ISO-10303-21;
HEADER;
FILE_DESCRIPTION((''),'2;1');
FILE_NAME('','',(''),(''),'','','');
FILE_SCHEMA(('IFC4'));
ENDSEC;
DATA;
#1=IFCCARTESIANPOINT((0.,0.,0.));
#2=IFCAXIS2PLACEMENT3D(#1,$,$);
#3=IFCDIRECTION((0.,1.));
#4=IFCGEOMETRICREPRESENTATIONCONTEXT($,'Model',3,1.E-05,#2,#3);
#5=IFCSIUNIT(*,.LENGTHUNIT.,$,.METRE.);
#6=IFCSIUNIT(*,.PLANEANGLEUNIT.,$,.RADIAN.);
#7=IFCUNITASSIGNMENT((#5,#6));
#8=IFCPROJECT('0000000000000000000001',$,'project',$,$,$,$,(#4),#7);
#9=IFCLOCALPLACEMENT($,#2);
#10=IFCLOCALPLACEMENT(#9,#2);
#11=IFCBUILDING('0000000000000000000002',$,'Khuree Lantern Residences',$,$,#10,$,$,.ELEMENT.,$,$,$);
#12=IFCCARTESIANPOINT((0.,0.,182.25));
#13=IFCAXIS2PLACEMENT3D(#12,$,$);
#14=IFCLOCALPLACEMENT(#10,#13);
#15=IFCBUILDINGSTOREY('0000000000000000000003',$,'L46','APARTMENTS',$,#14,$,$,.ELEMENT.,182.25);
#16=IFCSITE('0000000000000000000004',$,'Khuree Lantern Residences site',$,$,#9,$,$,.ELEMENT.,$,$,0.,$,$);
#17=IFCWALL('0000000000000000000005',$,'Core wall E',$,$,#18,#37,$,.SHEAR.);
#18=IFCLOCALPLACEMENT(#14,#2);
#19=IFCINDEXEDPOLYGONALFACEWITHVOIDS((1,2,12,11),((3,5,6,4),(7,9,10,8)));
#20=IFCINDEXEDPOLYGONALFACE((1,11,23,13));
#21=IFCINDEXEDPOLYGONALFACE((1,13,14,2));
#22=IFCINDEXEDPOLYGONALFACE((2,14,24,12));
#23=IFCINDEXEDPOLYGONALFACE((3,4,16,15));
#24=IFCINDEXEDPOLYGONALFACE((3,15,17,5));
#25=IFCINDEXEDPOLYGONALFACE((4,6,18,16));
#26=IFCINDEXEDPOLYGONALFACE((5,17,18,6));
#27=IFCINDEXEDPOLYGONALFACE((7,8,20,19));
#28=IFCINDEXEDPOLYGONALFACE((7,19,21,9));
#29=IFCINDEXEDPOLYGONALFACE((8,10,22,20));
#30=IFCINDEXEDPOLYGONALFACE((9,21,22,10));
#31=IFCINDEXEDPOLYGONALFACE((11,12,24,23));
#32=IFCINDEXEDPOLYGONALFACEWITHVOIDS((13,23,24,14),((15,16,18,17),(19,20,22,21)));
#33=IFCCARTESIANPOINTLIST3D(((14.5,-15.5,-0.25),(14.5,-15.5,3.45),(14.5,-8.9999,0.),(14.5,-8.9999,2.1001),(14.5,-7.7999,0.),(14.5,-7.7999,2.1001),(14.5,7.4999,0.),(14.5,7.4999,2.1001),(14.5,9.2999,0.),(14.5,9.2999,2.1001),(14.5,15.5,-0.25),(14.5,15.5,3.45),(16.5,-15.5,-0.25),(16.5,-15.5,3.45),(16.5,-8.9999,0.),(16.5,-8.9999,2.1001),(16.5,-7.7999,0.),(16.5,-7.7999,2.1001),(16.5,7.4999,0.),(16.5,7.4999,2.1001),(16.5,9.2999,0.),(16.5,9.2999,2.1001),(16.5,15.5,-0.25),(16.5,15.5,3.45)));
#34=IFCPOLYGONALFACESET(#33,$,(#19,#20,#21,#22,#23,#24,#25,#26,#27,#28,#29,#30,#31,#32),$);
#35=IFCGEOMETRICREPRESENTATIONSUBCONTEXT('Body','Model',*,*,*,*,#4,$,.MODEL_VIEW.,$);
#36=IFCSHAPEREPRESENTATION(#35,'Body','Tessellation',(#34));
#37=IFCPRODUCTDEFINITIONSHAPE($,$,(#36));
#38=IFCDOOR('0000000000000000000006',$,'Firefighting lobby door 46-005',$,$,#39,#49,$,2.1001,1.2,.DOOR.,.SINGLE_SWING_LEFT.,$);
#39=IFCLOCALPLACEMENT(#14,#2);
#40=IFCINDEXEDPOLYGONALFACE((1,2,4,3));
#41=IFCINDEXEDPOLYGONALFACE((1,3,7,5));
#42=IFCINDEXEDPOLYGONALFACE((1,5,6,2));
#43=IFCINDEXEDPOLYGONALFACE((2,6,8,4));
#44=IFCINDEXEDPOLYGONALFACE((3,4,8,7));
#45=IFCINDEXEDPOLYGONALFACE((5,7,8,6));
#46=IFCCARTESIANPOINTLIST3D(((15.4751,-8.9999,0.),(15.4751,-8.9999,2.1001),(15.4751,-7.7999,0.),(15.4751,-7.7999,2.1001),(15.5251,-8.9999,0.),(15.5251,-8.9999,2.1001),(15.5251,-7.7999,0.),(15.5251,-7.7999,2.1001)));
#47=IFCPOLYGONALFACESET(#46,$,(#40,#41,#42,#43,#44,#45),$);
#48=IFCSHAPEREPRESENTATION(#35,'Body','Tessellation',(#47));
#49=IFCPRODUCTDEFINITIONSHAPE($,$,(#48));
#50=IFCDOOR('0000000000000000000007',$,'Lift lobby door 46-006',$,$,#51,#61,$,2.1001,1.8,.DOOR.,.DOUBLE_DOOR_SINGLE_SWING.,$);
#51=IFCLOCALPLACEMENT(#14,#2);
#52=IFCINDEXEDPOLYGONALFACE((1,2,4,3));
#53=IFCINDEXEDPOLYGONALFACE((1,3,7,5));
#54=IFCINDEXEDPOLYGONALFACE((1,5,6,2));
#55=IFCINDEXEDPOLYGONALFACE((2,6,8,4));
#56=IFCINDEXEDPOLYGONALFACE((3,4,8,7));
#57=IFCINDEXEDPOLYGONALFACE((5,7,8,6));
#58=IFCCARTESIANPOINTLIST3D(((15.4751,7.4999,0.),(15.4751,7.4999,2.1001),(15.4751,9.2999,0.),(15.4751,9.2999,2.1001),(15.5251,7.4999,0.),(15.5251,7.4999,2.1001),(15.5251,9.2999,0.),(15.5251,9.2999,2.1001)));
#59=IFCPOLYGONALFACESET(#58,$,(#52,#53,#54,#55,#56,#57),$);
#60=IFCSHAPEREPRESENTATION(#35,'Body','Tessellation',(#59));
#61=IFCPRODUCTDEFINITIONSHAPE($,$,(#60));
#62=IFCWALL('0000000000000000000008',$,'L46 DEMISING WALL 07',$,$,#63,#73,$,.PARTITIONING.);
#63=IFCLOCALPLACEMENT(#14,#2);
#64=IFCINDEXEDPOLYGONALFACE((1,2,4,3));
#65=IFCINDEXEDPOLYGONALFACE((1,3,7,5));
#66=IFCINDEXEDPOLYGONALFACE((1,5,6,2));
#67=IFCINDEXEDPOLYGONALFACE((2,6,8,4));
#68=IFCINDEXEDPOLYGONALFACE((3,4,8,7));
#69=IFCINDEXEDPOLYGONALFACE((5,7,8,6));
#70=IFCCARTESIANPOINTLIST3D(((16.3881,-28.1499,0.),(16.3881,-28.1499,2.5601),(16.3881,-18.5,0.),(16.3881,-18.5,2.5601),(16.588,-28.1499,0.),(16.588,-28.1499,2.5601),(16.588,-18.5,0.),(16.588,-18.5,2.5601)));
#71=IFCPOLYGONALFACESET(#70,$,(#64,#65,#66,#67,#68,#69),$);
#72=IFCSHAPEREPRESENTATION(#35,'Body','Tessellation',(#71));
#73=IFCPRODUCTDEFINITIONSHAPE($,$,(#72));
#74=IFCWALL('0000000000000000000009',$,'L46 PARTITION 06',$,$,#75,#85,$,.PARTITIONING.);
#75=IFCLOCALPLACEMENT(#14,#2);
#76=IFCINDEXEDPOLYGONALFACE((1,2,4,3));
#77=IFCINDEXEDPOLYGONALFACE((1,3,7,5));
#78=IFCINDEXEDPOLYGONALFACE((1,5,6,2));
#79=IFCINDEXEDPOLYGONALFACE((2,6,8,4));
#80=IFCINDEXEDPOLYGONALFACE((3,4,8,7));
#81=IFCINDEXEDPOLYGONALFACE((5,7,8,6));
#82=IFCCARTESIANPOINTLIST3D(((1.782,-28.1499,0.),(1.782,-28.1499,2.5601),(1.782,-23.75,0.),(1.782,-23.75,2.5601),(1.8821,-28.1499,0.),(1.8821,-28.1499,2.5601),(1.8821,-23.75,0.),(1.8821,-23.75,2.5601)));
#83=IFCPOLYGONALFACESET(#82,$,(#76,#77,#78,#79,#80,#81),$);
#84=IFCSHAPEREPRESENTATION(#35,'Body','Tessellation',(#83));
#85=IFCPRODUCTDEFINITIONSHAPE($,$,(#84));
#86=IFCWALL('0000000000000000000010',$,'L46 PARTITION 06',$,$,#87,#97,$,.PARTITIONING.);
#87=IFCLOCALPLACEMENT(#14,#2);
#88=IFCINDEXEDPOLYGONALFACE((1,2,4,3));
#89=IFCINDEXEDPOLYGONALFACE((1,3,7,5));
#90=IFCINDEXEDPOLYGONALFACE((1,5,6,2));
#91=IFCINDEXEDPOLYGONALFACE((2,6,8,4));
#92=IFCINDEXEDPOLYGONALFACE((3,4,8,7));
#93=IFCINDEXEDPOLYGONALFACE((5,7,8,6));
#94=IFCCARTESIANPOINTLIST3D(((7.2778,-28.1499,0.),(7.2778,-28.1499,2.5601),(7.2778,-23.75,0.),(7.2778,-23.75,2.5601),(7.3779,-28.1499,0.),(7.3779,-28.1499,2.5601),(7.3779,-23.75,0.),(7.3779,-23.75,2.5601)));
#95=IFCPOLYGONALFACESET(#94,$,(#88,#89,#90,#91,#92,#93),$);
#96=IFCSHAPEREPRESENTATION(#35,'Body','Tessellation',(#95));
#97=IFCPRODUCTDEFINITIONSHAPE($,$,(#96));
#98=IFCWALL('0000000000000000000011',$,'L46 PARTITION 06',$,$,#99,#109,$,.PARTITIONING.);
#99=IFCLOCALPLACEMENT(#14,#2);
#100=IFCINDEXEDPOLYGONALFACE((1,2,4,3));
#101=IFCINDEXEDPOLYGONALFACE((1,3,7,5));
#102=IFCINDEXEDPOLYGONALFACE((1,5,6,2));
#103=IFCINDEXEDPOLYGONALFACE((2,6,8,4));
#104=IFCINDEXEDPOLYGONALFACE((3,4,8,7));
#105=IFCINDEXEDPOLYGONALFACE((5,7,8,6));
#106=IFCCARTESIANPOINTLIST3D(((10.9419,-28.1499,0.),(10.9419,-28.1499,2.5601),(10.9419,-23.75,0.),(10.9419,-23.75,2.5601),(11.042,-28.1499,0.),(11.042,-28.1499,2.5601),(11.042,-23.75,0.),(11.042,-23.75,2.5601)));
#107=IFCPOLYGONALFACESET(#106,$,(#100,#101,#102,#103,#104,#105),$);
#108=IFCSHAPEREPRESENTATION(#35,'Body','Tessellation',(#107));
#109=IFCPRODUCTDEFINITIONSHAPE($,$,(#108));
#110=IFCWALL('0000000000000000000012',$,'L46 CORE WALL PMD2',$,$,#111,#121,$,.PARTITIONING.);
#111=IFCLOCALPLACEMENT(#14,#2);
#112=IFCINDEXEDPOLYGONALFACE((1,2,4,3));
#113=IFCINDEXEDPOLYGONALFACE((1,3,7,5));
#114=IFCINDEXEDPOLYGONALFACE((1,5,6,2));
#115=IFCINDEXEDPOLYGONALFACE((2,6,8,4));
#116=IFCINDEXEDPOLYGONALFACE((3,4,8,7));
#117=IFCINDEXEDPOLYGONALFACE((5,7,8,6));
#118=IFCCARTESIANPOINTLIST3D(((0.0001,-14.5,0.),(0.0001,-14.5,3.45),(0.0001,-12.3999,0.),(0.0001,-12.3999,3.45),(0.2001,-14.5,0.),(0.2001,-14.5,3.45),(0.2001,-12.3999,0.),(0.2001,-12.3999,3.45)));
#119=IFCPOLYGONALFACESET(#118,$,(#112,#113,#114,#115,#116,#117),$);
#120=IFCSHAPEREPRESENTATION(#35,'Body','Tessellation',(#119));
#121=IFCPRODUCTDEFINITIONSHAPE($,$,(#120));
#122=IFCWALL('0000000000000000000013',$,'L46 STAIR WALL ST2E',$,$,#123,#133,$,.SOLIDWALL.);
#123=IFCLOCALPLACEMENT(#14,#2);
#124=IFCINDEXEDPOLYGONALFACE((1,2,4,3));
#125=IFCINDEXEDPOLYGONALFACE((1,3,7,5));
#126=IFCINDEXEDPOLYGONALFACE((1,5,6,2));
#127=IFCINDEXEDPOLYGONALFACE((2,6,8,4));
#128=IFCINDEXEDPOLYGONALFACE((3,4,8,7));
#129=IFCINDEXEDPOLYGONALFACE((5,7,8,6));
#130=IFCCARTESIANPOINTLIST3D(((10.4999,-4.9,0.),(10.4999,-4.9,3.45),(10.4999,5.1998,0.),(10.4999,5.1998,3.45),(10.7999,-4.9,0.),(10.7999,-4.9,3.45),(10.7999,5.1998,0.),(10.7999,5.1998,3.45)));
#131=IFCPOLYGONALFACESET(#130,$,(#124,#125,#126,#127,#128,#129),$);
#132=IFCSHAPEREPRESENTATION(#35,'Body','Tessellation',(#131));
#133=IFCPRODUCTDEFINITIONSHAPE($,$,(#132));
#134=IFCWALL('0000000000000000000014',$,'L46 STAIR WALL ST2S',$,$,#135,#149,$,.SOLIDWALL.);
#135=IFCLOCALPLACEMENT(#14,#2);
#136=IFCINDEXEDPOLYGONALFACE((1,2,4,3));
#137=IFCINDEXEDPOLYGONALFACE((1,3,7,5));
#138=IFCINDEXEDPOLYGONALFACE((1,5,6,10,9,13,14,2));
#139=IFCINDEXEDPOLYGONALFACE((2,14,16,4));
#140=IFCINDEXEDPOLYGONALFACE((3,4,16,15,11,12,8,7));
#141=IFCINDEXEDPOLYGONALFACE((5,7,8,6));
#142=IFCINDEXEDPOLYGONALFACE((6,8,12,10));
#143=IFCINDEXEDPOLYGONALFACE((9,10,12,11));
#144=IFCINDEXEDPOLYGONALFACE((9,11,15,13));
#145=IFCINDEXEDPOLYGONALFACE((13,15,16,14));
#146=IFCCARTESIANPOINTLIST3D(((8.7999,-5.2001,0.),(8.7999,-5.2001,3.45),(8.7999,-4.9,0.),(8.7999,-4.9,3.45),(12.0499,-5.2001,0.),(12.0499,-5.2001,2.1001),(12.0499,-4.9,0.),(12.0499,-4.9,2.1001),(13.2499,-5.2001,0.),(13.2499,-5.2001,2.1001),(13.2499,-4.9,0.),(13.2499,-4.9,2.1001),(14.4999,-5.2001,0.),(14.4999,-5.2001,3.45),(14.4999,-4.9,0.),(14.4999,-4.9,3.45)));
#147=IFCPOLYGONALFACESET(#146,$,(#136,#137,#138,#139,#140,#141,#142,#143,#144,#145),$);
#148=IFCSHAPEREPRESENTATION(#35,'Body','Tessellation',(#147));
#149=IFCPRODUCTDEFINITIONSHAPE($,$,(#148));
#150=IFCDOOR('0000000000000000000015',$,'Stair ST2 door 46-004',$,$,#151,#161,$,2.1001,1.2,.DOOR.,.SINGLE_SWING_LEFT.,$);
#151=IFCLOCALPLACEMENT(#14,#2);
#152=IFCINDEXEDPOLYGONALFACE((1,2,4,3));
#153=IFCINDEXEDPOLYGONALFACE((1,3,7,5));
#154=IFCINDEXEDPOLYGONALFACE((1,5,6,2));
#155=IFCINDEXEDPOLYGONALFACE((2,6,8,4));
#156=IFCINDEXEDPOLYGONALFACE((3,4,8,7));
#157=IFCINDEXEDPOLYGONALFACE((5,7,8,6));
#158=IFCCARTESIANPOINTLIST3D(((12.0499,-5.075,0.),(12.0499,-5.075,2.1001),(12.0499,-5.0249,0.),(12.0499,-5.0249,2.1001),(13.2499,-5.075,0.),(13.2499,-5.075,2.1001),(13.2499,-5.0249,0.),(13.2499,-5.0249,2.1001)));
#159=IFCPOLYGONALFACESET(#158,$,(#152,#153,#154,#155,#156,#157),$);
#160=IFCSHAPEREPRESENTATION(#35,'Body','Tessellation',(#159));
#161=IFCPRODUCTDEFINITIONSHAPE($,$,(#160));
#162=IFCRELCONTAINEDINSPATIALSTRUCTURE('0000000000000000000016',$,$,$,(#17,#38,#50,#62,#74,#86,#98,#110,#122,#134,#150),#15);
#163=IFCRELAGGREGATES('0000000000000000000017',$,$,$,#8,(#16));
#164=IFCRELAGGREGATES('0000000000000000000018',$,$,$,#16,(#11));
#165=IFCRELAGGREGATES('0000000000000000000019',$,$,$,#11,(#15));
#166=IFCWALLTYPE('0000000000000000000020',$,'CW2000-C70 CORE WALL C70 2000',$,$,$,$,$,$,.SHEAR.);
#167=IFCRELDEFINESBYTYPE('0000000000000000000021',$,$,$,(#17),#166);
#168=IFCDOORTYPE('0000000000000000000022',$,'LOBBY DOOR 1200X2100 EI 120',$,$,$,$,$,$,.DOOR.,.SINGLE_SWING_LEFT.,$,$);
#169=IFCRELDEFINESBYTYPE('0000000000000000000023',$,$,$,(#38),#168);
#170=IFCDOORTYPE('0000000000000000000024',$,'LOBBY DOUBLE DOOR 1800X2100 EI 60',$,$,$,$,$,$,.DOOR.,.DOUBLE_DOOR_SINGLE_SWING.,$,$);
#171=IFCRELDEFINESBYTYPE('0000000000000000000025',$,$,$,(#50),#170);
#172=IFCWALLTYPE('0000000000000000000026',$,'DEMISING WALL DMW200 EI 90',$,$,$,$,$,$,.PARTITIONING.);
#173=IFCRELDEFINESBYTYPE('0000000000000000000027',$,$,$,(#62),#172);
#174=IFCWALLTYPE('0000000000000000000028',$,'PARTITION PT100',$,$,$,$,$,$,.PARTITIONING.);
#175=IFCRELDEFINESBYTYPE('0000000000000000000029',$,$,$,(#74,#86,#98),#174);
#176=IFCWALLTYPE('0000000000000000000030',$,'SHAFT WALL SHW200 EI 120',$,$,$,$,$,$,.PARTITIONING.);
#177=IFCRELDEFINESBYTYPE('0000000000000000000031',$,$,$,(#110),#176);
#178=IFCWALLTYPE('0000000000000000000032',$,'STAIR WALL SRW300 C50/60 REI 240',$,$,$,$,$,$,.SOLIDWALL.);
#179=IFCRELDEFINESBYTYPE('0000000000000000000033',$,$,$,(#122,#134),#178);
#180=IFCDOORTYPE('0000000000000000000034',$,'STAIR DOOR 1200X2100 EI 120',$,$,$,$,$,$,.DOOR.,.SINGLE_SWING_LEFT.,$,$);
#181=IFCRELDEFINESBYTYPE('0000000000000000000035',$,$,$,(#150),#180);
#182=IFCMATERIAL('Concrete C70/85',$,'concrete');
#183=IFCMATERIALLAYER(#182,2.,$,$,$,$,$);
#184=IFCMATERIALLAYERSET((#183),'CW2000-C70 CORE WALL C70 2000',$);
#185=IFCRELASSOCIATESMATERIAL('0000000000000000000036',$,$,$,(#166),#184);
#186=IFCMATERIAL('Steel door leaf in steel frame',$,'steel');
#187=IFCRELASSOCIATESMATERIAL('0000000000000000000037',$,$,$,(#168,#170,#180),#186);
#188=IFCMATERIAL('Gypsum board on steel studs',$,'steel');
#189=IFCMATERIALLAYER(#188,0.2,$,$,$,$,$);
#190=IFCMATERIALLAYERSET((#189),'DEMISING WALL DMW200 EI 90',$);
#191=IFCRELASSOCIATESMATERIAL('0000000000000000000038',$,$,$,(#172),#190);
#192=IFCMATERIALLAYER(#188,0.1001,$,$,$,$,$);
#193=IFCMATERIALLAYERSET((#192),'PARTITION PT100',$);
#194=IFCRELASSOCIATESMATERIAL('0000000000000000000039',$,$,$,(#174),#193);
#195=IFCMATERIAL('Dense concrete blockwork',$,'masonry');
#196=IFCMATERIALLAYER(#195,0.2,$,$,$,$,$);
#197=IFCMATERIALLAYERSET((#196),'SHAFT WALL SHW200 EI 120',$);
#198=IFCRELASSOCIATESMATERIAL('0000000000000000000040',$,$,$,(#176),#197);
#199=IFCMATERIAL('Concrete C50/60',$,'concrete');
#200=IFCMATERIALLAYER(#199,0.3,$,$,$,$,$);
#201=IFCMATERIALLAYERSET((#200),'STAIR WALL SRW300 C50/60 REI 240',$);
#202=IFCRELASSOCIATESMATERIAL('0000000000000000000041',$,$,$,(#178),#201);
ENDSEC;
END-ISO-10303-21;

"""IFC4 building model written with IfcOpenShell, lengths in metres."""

from ifc_helpers import new_model, si_unit, direction, frame, frame_2d, origin, place, context, subcontext, project, spatial, rectangle, extrude, material, layer, layer_set, type_object, element, fill, save


model = new_model("IFC4")

# Units and contexts
model_context = context("Model", 3, precision=1e-05, world=origin(), true_north=direction((0.0, 1.0)))
body_context = subcontext(model_context, "Body", "Model", "MODEL_VIEW")
ifc_project = project(units=[si_unit("LENGTHUNIT", "METRE"), si_unit("PLANEANGLEUNIT", "RADIAN")], contexts=[model_context])

# Site, building, storey
site_placement = place(None, origin())
site = spatial("IfcSite", under=ifc_project, at=site_placement, Name="Khuree Lantern Residences site", CompositionType="ELEMENT", RefElevation=0.0)
building_placement = place(site_placement, origin())
building = spatial("IfcBuilding", under=site, at=building_placement, Name="Khuree Lantern Residences", CompositionType="ELEMENT")
storey_placement = place(building_placement, frame((0.0, 0.0, 182.25)))
storey = spatial("IfcBuildingStorey", under=building, at=storey_placement, Name="L46", Description="APARTMENTS", CompositionType="ELEMENT", Elevation=182.25)

# Shared definitions
ifc_material_1 = material(Name="Concrete C70/85", Category="concrete")

# Shared definitions
ifc_material_2 = material(Name="Dense concrete blockwork", Category="masonry")

# Shared definitions
ifc_material_3 = material(Name="Gypsum board on steel studs", Category="steel")

# Wall, openings, doors
ifc_layer_1 = layer(ifc_material_1, 2.0)
ifc_layer_set_1 = layer_set([ifc_layer_1], Name="CW2000-C70 CORE WALL C70 2000")
wall_type_1 = type_object("IfcWallType", Name="CW2000-C70 CORE WALL C70 2000", PredefinedType="SHEAR", material=ifc_layer_set_1)
wall_1_placement = place(storey_placement, frame((15.5, -15.5, -0.25), z_axis=(0.0, 0.0, 1.0), x_axis=(0.0, 1.0, 0.0)))
wall_1 = element("IfcWall", 1, at=wall_1_placement, inside=storey, type_object=wall_type_1, Name="Core wall E", PredefinedType="SHEAR", context=body_context, shape_type="SweptSolid", body=[
    extrude(rectangle(XDim=31.0, YDim=2.0, at=frame_2d((15.5, 0.0))), origin(), (0.0, 0.0, 1.0), 3.7),
])
opening_1_placement = place(wall_1_placement, frame((6.5, 0.0, 0.25)))
opening_1 = element("IfcOpeningElement", 2, at=opening_1_placement, cuts=wall_1, PredefinedType="OPENING", context=body_context, shape_type="SweptSolid", body=[
    extrude(rectangle(XDim=1.2, YDim=2.1001, at=frame_2d((0.6001, 1.05))), frame((0.0, 1.01, 0.0), z_axis=(0.0, -1.0, 0.0), x_axis=(1.0, 0.0, 0.0)), (0.0, 0.0, 1.0), 2.02),
])
opening_2_placement = place(wall_1_placement, frame((23.0, 0.0, 0.25)))
opening_2 = element("IfcOpeningElement", 3, at=opening_2_placement, cuts=wall_1, PredefinedType="OPENING", context=body_context, shape_type="SweptSolid", body=[
    extrude(rectangle(XDim=1.8, YDim=2.1001, at=frame_2d((0.8999, 1.05))), frame((0.0, 1.01, 0.0), z_axis=(0.0, -1.0, 0.0), x_axis=(1.0, 0.0, 0.0)), (0.0, 0.0, 1.0), 2.02),
])
ifc_material_4 = material(Name="Steel door leaf in steel frame", Category="steel")
door_type_1 = type_object("IfcDoorType", Name="LOBBY DOOR 1200X2100 EI 120", OperationType="SINGLE_SWING_LEFT", PredefinedType="DOOR", material=ifc_material_4)
door_1_placement = place(opening_1_placement, origin())
door_1 = element("IfcDoor", 4, at=door_1_placement, inside=storey, type_object=door_type_1, Name="Firefighting lobby door 46-005", OperationType="SINGLE_SWING_LEFT", OverallHeight=2.1001, OverallWidth=1.2, PredefinedType="DOOR", context=body_context, shape_type="SweptSolid", body=[
    extrude(rectangle(XDim=1.2, YDim=2.1001, at=frame_2d((0.6001, 1.05))), frame((0.0, 0.0249, 0.0), z_axis=(0.0, -1.0, 0.0), x_axis=(1.0, 0.0, 0.0)), (0.0, 0.0, 1.0), 0.05),
])
fill(opening_1, door_1)
door_type_2 = type_object("IfcDoorType", Name="LOBBY DOUBLE DOOR 1800X2100 EI 60", OperationType="DOUBLE_DOOR_SINGLE_SWING", PredefinedType="DOOR", material=ifc_material_4)
door_2_placement = place(opening_2_placement, origin())
door_2 = element("IfcDoor", 5, at=door_2_placement, inside=storey, type_object=door_type_2, Name="Lift lobby door 46-006", OperationType="DOUBLE_DOOR_SINGLE_SWING", OverallHeight=2.1001, OverallWidth=1.8, PredefinedType="DOOR", context=body_context, shape_type="SweptSolid", body=[
    extrude(rectangle(XDim=1.8, YDim=2.1001, at=frame_2d((0.8999, 1.05))), frame((0.0, 0.0249, 0.0), z_axis=(0.0, -1.0, 0.0), x_axis=(1.0, 0.0, 0.0)), (0.0, 0.0, 1.0), 0.05),
])
fill(opening_2, door_2)

# Walls
ifc_layer_2 = layer(ifc_material_3, 0.2)
ifc_layer_set_2 = layer_set([ifc_layer_2], Name="DEMISING WALL DMW200 EI 90")
wall_type_2 = type_object("IfcWallType", Name="DEMISING WALL DMW200 EI 90", PredefinedType="PARTITIONING", material=ifc_layer_set_2)
wall_2_placement = place(storey_placement, frame((16.488, -18.5, 0.0), z_axis=(0.0, 0.0, 1.0), x_axis=(0.0, -1.0, 0.0)))
element("IfcWall", 6, at=wall_2_placement, inside=storey, type_object=wall_type_2, Name="L46 DEMISING WALL 07", PredefinedType="PARTITIONING", context=body_context, shape_type="SweptSolid", body=[
    extrude(rectangle(XDim=9.6499, YDim=0.2, at=frame_2d((4.825, 0.0))), origin(), (0.0, 0.0, 1.0), 2.5601),
])
ifc_layer_3 = layer(ifc_material_3, 0.1001)
ifc_layer_set_3 = layer_set([ifc_layer_3], Name="PARTITION PT100")
wall_type_3 = type_object("IfcWallType", Name="PARTITION PT100", PredefinedType="PARTITIONING", material=ifc_layer_set_3)
for number, where, z_axis, x_axis, name in (
    (7, (1.832, -23.75, 0.0), (0.0, 0.0, 1.0), (0.0, -1.0, 0.0), "L46 PARTITION 06"),
    (8, (7.3279, -23.75, 0.0), (0.0, 0.0, 1.0), (0.0, -1.0, 0.0), "L46 PARTITION 06"),
    (9, (10.9919, -23.75, 0.0), (0.0, 0.0, 1.0), (0.0, -1.0, 0.0), "L46 PARTITION 06"),
):
    element("IfcWall", number, at=place(storey_placement, frame(where, z_axis=z_axis, x_axis=x_axis)), inside=storey, type_object=wall_type_3, Name=name, PredefinedType="PARTITIONING", context=body_context, shape_type="SweptSolid", body=[
        extrude(rectangle(XDim=4.3999, YDim=0.1001, at=frame_2d((2.2, 0.0))), origin(), (0.0, 0.0, 1.0), 2.5601),
    ])
ifc_layer_4 = layer(ifc_material_2, 0.2)
ifc_layer_set_4 = layer_set([ifc_layer_4], Name="SHAFT WALL SHW200 EI 120")
wall_type_4 = type_object("IfcWallType", Name="SHAFT WALL SHW200 EI 120", PredefinedType="PARTITIONING", material=ifc_layer_set_4)
wall_3_placement = place(storey_placement, frame((0.1001, -14.5, 0.0), z_axis=(0.0, 0.0, 1.0), x_axis=(0.0, 1.0, 0.0)))
element("IfcWall", 10, at=wall_3_placement, inside=storey, type_object=wall_type_4, Name="L46 CORE WALL PMD2", PredefinedType="PARTITIONING", context=body_context, shape_type="SweptSolid", body=[
    extrude(rectangle(XDim=2.1001, YDim=0.2, at=frame_2d((1.05, 0.0))), origin(), (0.0, 0.0, 1.0), 3.45),
])
ifc_material_5 = material(Name="Concrete C50/60", Category="concrete")
ifc_layer_5 = layer(ifc_material_5, 0.3)
ifc_layer_set_5 = layer_set([ifc_layer_5], Name="STAIR WALL SRW300 C50/60 REI 240")
wall_type_5 = type_object("IfcWallType", Name="STAIR WALL SRW300 C50/60 REI 240", PredefinedType="SOLIDWALL", material=ifc_layer_set_5)
wall_4_placement = place(storey_placement, frame((10.6499, -4.8999, 0.0), z_axis=(0.0, 0.0, 1.0), x_axis=(0.0, 1.0, 0.0)))
element("IfcWall", 11, at=wall_4_placement, inside=storey, type_object=wall_type_5, Name="L46 STAIR WALL ST2E", PredefinedType="SOLIDWALL", context=body_context, shape_type="SweptSolid", body=[
    extrude(rectangle(XDim=10.0999, YDim=0.3, at=frame_2d((5.0498, 0.0))), origin(), (0.0, 0.0, 1.0), 3.45),
])

# Wall, opening, door
wall_5_placement = place(storey_placement, frame((14.5, -5.05, 0.0), z_axis=(0.0, 0.0, 1.0), x_axis=(-1.0, 0.0, 0.0)))
wall_5 = element("IfcWall", 12, at=wall_5_placement, inside=storey, type_object=wall_type_5, Name="L46 STAIR WALL ST2S", PredefinedType="SOLIDWALL", context=body_context, shape_type="SweptSolid", body=[
    extrude(rectangle(XDim=5.7, YDim=0.3, at=frame_2d((2.8501, 0.0))), origin(), (0.0, 0.0, 1.0), 3.45),
])
opening_3_placement = place(wall_5_placement, frame((1.25, 0.0, 0.0)))
opening_3 = element("IfcOpeningElement", 13, at=opening_3_placement, cuts=wall_5, PredefinedType="OPENING", context=body_context, shape_type="SweptSolid", body=[
    extrude(rectangle(XDim=1.2, YDim=2.1001, at=frame_2d((0.6001, 1.05))), frame((0.0, 0.1602, 0.0), z_axis=(0.0, -1.0, 0.0), x_axis=(1.0, 0.0, 0.0)), (0.0, 0.0, 1.0), 0.3201),
])
door_type_3 = type_object("IfcDoorType", Name="STAIR DOOR 1200X2100 EI 120", OperationType="SINGLE_SWING_LEFT", PredefinedType="DOOR", material=ifc_material_4)
door_3_placement = place(opening_3_placement, origin())
door_3 = element("IfcDoor", 14, at=door_3_placement, inside=storey, type_object=door_type_3, Name="Stair ST2 door 46-004", OperationType="SINGLE_SWING_LEFT", OverallHeight=2.1001, OverallWidth=1.2, PredefinedType="DOOR", context=body_context, shape_type="SweptSolid", body=[
    extrude(rectangle(XDim=1.2, YDim=2.1001, at=frame_2d((0.6001, 1.05))), frame((0.0, 0.0249, 0.0), z_axis=(0.0, -1.0, 0.0), x_axis=(1.0, 0.0, 0.0)), (0.0, 0.0, 1.0), 0.05),
])
fill(opening_3, door_3)

save(model, "model.ifc")
